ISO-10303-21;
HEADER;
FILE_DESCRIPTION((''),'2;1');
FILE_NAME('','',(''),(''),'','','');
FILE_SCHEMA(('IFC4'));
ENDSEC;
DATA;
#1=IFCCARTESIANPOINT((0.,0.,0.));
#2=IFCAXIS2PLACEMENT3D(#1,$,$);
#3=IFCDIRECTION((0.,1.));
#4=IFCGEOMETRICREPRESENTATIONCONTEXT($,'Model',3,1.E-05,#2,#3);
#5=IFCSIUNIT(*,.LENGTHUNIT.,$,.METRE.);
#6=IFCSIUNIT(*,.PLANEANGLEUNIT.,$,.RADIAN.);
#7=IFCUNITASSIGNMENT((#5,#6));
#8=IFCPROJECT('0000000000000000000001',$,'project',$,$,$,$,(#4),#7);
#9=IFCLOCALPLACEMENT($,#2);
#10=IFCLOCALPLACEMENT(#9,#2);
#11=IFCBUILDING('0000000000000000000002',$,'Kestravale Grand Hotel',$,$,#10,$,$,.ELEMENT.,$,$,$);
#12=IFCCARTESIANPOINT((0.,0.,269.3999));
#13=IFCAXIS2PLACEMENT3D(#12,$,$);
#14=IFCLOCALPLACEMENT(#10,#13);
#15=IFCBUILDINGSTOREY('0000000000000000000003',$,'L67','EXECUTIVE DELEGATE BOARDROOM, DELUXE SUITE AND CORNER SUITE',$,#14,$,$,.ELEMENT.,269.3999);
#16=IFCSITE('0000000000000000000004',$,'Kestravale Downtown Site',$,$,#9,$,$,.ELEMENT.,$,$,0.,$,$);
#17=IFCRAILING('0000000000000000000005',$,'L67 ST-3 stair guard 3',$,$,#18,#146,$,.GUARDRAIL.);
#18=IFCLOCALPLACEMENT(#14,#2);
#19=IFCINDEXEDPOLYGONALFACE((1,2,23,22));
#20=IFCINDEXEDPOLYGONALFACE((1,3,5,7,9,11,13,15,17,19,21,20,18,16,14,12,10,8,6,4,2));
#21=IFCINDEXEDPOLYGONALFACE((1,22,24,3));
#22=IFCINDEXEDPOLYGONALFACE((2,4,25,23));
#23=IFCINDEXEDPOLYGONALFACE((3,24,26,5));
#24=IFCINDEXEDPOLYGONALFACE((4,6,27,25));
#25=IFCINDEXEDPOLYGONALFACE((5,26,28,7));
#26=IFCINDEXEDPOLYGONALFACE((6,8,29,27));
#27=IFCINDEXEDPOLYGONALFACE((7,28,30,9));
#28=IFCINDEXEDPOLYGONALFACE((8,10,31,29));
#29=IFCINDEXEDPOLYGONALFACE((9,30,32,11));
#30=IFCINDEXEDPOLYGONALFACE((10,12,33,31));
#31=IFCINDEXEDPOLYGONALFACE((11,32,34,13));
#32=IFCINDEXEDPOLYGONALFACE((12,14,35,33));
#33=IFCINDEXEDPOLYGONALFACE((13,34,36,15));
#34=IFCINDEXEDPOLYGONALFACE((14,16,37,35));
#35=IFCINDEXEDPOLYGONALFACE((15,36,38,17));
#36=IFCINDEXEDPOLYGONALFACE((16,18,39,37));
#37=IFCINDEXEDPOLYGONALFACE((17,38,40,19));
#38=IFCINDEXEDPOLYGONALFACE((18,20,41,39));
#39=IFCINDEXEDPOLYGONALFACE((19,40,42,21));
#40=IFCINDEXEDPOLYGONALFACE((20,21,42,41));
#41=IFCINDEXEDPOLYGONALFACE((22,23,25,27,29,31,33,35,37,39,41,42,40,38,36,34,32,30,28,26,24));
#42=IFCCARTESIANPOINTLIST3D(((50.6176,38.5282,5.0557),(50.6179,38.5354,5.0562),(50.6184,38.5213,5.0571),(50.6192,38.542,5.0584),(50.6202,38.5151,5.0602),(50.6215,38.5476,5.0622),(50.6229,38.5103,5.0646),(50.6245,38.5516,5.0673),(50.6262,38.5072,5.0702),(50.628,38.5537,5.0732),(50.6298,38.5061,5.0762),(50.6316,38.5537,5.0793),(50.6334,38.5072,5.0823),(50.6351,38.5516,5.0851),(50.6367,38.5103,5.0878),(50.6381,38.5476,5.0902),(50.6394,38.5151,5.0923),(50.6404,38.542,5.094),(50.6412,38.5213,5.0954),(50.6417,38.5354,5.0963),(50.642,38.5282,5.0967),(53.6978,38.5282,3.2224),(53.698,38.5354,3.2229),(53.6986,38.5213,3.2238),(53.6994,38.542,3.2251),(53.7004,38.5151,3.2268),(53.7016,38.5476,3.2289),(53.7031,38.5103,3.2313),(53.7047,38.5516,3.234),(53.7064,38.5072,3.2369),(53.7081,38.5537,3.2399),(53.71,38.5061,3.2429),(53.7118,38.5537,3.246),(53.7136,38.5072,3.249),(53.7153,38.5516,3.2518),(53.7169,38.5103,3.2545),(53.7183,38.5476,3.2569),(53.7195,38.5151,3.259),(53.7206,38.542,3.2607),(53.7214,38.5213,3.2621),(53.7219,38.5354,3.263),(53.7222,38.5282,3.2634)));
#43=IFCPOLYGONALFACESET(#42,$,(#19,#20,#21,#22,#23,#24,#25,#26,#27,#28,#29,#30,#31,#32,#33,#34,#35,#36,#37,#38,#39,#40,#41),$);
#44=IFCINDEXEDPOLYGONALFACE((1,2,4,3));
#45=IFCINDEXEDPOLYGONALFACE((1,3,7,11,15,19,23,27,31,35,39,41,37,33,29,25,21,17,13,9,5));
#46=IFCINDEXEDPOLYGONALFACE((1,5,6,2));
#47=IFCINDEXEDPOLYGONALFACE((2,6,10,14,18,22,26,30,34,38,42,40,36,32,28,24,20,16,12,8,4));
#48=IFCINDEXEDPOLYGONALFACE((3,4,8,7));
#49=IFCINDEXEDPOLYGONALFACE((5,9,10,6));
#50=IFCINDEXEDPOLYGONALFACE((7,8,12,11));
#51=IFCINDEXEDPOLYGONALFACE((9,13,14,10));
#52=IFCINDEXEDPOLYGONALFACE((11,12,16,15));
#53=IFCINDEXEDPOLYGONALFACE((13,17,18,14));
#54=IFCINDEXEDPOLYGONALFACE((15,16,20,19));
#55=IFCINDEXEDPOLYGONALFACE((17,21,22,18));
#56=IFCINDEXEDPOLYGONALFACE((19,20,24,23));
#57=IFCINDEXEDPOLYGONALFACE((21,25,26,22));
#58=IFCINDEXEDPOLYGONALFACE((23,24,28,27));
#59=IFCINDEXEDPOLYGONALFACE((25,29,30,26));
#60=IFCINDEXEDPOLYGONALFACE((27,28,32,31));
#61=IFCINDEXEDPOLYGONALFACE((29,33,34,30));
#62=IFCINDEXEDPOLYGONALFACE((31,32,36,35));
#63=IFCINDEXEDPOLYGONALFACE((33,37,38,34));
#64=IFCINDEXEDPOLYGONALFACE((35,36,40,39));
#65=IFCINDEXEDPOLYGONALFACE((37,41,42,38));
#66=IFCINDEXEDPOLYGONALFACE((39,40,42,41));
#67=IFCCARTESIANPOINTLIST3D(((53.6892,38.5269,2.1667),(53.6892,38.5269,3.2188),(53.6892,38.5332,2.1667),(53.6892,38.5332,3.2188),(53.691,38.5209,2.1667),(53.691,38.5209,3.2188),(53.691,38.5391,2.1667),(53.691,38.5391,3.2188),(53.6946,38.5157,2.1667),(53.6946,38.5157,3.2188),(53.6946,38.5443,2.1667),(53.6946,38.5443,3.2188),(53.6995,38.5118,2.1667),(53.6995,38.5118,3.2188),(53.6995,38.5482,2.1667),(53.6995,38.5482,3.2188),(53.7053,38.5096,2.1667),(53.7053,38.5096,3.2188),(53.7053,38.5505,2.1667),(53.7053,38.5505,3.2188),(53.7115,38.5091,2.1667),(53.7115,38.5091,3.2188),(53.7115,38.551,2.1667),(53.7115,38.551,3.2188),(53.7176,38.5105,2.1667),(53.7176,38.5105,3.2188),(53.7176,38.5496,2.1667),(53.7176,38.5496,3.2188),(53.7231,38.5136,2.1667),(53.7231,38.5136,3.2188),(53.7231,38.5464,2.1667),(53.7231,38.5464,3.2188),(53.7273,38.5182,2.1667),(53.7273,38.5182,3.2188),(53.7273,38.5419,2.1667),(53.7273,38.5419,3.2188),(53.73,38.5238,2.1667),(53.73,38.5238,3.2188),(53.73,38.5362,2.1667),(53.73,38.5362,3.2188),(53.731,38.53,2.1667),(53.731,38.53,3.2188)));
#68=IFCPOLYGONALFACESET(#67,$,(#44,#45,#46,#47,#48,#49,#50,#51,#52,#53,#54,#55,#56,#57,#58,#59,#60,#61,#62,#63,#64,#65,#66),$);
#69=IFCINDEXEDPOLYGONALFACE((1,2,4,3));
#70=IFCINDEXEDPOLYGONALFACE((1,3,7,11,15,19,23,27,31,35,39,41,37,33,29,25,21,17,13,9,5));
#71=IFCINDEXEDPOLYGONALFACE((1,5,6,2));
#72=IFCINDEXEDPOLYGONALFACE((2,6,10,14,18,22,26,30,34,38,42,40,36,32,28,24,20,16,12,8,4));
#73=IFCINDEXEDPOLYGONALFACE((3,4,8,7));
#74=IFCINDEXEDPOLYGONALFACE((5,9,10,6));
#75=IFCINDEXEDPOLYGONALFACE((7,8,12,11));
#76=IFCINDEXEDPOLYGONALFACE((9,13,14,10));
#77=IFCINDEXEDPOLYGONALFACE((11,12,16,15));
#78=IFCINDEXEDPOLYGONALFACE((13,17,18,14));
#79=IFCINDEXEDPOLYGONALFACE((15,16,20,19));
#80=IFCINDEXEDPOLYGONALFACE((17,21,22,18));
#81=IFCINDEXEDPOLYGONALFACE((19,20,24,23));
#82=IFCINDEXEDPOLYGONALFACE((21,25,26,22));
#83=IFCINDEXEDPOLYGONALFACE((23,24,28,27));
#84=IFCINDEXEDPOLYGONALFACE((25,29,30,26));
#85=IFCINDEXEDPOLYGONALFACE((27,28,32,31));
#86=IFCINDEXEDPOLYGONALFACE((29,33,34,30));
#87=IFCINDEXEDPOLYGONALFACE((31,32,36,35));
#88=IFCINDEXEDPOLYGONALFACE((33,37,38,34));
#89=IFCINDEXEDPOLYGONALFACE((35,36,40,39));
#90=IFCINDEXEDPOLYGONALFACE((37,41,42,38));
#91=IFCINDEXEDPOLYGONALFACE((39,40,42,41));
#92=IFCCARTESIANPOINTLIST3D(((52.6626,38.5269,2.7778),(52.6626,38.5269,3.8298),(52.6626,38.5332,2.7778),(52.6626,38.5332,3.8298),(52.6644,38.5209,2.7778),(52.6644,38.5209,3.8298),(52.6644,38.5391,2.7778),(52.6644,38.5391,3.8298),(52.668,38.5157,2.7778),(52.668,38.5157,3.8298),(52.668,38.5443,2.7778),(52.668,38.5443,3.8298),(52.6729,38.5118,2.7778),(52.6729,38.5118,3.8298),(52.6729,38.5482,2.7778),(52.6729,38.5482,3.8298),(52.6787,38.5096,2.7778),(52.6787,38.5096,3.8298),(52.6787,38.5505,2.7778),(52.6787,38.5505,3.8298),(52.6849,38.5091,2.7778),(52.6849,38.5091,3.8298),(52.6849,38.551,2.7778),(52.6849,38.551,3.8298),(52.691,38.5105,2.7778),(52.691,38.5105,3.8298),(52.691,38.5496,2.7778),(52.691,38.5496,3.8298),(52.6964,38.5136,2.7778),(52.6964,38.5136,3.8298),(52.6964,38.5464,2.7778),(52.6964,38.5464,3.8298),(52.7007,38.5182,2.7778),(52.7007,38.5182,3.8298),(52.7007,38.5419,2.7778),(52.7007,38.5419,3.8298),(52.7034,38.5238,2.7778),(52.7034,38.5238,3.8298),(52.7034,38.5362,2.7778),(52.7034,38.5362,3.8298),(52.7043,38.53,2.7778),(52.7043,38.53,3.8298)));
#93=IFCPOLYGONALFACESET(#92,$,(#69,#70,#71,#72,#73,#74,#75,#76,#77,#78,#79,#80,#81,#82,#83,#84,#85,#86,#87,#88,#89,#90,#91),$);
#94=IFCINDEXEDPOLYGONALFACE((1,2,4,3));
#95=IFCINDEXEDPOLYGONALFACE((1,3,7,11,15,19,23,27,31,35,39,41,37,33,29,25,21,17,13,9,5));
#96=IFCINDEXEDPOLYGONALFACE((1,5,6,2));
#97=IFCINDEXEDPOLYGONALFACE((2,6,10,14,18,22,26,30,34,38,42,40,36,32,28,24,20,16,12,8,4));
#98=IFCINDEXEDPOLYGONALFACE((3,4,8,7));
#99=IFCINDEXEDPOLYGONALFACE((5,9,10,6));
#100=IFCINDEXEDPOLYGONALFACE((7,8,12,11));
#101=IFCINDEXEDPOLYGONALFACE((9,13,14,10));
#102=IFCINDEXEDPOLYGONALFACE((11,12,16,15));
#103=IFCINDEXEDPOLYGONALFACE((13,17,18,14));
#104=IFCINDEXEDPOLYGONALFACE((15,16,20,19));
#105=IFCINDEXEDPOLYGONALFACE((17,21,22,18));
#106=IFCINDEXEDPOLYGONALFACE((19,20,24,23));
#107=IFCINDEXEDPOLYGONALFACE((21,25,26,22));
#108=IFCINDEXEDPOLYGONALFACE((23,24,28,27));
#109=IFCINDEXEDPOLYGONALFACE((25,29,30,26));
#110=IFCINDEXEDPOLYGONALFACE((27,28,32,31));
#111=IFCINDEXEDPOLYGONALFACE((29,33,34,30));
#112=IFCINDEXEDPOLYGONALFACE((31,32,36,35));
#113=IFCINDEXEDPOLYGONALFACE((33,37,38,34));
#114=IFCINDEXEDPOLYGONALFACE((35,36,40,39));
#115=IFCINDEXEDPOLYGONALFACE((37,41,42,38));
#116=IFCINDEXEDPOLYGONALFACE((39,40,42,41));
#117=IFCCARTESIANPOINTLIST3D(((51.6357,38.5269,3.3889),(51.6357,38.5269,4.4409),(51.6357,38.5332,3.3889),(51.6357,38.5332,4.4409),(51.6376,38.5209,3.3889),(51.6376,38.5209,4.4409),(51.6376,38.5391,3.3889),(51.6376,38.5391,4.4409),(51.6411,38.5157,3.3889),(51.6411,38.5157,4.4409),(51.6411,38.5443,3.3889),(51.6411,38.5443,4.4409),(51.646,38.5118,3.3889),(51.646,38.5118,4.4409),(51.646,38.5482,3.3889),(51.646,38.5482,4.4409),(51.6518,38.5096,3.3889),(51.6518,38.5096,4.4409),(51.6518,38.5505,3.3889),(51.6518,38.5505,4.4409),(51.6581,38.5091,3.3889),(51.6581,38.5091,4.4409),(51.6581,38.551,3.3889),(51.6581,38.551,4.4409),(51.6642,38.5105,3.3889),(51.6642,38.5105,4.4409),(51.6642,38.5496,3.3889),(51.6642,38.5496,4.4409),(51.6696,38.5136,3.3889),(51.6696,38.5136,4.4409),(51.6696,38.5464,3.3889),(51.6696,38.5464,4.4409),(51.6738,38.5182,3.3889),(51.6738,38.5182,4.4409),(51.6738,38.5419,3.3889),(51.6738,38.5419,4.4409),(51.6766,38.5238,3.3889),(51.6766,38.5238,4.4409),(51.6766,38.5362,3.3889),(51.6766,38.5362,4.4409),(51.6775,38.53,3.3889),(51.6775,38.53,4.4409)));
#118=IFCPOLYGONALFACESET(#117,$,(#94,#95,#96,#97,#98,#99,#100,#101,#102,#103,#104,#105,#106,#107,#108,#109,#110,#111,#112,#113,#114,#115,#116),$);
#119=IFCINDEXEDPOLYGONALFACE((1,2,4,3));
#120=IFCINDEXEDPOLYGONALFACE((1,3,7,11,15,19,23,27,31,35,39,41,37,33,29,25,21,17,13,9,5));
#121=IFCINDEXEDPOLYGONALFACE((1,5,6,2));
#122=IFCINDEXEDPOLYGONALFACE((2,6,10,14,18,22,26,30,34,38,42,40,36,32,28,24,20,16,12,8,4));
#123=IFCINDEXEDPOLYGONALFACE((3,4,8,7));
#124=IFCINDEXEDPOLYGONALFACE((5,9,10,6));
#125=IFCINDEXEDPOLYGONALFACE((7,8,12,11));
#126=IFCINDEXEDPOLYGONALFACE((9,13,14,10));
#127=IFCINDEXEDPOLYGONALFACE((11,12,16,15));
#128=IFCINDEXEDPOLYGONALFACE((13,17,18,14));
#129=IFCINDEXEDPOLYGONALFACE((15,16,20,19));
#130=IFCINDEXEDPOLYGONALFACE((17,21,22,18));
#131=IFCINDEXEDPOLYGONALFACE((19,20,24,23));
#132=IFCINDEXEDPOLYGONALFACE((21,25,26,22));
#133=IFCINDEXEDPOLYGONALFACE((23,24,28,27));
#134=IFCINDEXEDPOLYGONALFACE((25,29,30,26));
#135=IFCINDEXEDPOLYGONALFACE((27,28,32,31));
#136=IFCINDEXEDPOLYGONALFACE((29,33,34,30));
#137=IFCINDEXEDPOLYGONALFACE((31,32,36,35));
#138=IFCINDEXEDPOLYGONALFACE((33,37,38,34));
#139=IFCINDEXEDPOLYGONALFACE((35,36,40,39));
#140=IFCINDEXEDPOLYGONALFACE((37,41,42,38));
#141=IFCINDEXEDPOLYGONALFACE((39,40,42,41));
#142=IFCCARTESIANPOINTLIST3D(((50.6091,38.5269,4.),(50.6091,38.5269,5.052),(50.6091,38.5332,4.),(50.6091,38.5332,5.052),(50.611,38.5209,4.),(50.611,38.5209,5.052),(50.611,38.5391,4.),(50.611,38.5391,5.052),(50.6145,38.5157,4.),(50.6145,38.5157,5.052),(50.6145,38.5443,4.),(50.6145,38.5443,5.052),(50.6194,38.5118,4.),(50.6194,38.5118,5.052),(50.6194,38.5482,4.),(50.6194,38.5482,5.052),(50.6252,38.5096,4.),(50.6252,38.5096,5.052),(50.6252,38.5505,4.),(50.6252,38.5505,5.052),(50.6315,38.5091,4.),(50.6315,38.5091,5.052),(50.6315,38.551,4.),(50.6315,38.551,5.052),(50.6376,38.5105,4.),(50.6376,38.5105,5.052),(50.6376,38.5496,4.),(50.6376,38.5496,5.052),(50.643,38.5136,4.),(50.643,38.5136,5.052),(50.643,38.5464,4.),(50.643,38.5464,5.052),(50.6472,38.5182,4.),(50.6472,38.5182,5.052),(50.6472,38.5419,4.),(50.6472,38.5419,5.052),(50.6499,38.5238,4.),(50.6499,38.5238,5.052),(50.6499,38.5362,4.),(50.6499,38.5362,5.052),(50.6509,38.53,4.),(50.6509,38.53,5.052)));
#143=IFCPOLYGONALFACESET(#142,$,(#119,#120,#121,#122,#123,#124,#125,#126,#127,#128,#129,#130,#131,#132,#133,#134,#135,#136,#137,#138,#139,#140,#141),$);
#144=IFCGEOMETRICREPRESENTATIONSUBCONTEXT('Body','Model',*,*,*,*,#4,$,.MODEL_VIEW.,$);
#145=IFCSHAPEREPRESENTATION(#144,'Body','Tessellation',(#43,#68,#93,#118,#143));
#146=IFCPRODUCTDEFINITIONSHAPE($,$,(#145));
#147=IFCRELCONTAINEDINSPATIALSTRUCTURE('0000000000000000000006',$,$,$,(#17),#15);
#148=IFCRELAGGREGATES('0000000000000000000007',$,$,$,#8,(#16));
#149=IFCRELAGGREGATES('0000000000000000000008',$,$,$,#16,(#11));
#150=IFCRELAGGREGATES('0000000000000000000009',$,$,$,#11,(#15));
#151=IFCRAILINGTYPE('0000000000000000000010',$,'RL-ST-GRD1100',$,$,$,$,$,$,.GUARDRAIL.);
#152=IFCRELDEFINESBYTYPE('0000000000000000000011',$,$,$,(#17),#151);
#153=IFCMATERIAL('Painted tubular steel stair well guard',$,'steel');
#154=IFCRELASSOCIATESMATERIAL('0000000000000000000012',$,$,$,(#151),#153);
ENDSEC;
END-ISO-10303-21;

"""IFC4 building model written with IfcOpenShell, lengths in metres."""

from ifc_helpers import new_model, si_unit, direction, frame, origin, origin_2d, place, context, subcontext, project, spatial, circle, extrude, material, type_object, element, save


model = new_model("IFC4")

# Units and contexts
model_context = context("Model", 3, precision=1e-05, world=origin(), true_north=direction((0.0, 1.0)))
body_context = subcontext(model_context, "Body", "Model", "MODEL_VIEW")
ifc_project = project(units=[si_unit("LENGTHUNIT", "METRE"), si_unit("PLANEANGLEUNIT", "RADIAN")], contexts=[model_context])

# Site, building, storey
site_placement = place(None, origin())
site = spatial("IfcSite", under=ifc_project, at=site_placement, Name="Kestravale Downtown Site", CompositionType="ELEMENT", RefElevation=0.0)
building_placement = place(site_placement, origin())
building = spatial("IfcBuilding", under=site, at=building_placement, Name="Kestravale Grand Hotel", CompositionType="ELEMENT")
storey_placement = place(building_placement, frame((0.0, 0.0, 269.3999)))
storey = spatial("IfcBuildingStorey", under=building, at=storey_placement, Name="L67", Description="EXECUTIVE DELEGATE BOARDROOM, DELUXE SUITE AND CORNER SUITE", CompositionType="ELEMENT", Elevation=269.3999)

# Railing
ifc_material_1 = material(Name="Painted tubular steel stair well guard", Category="steel")
railing_type_1 = type_object("IfcRailingType", Name="RL-ST-GRD1100", PredefinedType="GUARDRAIL", material=ifc_material_1)
railing_1_placement = place(storey_placement, frame((53.71, 38.53, 2.1667)))
element("IfcRailing", 1, at=railing_1_placement, inside=storey, type_object=railing_type_1, Name="L67 ST-3 stair guard 3", PredefinedType="GUARDRAIL", context=body_context, shape_type="SweptSolid", body=[
    extrude(circle(Radius=0.0239, at=origin_2d()), frame((0.0, 0.0, 1.0762), z_axis=(-0.859309, 0.0, 0.511458), x_axis=(0.0, -1.0, 0.0)), (0.0, 0.0, 1.0), 3.5845),
    extrude(circle(Radius=0.021, at=origin_2d()), origin(), (0.0, 0.0, 1.0), 1.052),
    extrude(circle(Radius=0.021, at=origin_2d()), frame((-1.0266, 0.0, 0.6111)), (0.0, 0.0, 1.0), 1.052),
    extrude(circle(Radius=0.021, at=origin_2d()), frame((-2.0535, 0.0, 1.2222)), (0.0, 0.0, 1.0), 1.052),
    extrude(circle(Radius=0.021, at=origin_2d()), frame((-3.0801, 0.0, 1.8333)), (0.0, 0.0, 1.0), 1.052),
])

save(model, "model.ifc")
